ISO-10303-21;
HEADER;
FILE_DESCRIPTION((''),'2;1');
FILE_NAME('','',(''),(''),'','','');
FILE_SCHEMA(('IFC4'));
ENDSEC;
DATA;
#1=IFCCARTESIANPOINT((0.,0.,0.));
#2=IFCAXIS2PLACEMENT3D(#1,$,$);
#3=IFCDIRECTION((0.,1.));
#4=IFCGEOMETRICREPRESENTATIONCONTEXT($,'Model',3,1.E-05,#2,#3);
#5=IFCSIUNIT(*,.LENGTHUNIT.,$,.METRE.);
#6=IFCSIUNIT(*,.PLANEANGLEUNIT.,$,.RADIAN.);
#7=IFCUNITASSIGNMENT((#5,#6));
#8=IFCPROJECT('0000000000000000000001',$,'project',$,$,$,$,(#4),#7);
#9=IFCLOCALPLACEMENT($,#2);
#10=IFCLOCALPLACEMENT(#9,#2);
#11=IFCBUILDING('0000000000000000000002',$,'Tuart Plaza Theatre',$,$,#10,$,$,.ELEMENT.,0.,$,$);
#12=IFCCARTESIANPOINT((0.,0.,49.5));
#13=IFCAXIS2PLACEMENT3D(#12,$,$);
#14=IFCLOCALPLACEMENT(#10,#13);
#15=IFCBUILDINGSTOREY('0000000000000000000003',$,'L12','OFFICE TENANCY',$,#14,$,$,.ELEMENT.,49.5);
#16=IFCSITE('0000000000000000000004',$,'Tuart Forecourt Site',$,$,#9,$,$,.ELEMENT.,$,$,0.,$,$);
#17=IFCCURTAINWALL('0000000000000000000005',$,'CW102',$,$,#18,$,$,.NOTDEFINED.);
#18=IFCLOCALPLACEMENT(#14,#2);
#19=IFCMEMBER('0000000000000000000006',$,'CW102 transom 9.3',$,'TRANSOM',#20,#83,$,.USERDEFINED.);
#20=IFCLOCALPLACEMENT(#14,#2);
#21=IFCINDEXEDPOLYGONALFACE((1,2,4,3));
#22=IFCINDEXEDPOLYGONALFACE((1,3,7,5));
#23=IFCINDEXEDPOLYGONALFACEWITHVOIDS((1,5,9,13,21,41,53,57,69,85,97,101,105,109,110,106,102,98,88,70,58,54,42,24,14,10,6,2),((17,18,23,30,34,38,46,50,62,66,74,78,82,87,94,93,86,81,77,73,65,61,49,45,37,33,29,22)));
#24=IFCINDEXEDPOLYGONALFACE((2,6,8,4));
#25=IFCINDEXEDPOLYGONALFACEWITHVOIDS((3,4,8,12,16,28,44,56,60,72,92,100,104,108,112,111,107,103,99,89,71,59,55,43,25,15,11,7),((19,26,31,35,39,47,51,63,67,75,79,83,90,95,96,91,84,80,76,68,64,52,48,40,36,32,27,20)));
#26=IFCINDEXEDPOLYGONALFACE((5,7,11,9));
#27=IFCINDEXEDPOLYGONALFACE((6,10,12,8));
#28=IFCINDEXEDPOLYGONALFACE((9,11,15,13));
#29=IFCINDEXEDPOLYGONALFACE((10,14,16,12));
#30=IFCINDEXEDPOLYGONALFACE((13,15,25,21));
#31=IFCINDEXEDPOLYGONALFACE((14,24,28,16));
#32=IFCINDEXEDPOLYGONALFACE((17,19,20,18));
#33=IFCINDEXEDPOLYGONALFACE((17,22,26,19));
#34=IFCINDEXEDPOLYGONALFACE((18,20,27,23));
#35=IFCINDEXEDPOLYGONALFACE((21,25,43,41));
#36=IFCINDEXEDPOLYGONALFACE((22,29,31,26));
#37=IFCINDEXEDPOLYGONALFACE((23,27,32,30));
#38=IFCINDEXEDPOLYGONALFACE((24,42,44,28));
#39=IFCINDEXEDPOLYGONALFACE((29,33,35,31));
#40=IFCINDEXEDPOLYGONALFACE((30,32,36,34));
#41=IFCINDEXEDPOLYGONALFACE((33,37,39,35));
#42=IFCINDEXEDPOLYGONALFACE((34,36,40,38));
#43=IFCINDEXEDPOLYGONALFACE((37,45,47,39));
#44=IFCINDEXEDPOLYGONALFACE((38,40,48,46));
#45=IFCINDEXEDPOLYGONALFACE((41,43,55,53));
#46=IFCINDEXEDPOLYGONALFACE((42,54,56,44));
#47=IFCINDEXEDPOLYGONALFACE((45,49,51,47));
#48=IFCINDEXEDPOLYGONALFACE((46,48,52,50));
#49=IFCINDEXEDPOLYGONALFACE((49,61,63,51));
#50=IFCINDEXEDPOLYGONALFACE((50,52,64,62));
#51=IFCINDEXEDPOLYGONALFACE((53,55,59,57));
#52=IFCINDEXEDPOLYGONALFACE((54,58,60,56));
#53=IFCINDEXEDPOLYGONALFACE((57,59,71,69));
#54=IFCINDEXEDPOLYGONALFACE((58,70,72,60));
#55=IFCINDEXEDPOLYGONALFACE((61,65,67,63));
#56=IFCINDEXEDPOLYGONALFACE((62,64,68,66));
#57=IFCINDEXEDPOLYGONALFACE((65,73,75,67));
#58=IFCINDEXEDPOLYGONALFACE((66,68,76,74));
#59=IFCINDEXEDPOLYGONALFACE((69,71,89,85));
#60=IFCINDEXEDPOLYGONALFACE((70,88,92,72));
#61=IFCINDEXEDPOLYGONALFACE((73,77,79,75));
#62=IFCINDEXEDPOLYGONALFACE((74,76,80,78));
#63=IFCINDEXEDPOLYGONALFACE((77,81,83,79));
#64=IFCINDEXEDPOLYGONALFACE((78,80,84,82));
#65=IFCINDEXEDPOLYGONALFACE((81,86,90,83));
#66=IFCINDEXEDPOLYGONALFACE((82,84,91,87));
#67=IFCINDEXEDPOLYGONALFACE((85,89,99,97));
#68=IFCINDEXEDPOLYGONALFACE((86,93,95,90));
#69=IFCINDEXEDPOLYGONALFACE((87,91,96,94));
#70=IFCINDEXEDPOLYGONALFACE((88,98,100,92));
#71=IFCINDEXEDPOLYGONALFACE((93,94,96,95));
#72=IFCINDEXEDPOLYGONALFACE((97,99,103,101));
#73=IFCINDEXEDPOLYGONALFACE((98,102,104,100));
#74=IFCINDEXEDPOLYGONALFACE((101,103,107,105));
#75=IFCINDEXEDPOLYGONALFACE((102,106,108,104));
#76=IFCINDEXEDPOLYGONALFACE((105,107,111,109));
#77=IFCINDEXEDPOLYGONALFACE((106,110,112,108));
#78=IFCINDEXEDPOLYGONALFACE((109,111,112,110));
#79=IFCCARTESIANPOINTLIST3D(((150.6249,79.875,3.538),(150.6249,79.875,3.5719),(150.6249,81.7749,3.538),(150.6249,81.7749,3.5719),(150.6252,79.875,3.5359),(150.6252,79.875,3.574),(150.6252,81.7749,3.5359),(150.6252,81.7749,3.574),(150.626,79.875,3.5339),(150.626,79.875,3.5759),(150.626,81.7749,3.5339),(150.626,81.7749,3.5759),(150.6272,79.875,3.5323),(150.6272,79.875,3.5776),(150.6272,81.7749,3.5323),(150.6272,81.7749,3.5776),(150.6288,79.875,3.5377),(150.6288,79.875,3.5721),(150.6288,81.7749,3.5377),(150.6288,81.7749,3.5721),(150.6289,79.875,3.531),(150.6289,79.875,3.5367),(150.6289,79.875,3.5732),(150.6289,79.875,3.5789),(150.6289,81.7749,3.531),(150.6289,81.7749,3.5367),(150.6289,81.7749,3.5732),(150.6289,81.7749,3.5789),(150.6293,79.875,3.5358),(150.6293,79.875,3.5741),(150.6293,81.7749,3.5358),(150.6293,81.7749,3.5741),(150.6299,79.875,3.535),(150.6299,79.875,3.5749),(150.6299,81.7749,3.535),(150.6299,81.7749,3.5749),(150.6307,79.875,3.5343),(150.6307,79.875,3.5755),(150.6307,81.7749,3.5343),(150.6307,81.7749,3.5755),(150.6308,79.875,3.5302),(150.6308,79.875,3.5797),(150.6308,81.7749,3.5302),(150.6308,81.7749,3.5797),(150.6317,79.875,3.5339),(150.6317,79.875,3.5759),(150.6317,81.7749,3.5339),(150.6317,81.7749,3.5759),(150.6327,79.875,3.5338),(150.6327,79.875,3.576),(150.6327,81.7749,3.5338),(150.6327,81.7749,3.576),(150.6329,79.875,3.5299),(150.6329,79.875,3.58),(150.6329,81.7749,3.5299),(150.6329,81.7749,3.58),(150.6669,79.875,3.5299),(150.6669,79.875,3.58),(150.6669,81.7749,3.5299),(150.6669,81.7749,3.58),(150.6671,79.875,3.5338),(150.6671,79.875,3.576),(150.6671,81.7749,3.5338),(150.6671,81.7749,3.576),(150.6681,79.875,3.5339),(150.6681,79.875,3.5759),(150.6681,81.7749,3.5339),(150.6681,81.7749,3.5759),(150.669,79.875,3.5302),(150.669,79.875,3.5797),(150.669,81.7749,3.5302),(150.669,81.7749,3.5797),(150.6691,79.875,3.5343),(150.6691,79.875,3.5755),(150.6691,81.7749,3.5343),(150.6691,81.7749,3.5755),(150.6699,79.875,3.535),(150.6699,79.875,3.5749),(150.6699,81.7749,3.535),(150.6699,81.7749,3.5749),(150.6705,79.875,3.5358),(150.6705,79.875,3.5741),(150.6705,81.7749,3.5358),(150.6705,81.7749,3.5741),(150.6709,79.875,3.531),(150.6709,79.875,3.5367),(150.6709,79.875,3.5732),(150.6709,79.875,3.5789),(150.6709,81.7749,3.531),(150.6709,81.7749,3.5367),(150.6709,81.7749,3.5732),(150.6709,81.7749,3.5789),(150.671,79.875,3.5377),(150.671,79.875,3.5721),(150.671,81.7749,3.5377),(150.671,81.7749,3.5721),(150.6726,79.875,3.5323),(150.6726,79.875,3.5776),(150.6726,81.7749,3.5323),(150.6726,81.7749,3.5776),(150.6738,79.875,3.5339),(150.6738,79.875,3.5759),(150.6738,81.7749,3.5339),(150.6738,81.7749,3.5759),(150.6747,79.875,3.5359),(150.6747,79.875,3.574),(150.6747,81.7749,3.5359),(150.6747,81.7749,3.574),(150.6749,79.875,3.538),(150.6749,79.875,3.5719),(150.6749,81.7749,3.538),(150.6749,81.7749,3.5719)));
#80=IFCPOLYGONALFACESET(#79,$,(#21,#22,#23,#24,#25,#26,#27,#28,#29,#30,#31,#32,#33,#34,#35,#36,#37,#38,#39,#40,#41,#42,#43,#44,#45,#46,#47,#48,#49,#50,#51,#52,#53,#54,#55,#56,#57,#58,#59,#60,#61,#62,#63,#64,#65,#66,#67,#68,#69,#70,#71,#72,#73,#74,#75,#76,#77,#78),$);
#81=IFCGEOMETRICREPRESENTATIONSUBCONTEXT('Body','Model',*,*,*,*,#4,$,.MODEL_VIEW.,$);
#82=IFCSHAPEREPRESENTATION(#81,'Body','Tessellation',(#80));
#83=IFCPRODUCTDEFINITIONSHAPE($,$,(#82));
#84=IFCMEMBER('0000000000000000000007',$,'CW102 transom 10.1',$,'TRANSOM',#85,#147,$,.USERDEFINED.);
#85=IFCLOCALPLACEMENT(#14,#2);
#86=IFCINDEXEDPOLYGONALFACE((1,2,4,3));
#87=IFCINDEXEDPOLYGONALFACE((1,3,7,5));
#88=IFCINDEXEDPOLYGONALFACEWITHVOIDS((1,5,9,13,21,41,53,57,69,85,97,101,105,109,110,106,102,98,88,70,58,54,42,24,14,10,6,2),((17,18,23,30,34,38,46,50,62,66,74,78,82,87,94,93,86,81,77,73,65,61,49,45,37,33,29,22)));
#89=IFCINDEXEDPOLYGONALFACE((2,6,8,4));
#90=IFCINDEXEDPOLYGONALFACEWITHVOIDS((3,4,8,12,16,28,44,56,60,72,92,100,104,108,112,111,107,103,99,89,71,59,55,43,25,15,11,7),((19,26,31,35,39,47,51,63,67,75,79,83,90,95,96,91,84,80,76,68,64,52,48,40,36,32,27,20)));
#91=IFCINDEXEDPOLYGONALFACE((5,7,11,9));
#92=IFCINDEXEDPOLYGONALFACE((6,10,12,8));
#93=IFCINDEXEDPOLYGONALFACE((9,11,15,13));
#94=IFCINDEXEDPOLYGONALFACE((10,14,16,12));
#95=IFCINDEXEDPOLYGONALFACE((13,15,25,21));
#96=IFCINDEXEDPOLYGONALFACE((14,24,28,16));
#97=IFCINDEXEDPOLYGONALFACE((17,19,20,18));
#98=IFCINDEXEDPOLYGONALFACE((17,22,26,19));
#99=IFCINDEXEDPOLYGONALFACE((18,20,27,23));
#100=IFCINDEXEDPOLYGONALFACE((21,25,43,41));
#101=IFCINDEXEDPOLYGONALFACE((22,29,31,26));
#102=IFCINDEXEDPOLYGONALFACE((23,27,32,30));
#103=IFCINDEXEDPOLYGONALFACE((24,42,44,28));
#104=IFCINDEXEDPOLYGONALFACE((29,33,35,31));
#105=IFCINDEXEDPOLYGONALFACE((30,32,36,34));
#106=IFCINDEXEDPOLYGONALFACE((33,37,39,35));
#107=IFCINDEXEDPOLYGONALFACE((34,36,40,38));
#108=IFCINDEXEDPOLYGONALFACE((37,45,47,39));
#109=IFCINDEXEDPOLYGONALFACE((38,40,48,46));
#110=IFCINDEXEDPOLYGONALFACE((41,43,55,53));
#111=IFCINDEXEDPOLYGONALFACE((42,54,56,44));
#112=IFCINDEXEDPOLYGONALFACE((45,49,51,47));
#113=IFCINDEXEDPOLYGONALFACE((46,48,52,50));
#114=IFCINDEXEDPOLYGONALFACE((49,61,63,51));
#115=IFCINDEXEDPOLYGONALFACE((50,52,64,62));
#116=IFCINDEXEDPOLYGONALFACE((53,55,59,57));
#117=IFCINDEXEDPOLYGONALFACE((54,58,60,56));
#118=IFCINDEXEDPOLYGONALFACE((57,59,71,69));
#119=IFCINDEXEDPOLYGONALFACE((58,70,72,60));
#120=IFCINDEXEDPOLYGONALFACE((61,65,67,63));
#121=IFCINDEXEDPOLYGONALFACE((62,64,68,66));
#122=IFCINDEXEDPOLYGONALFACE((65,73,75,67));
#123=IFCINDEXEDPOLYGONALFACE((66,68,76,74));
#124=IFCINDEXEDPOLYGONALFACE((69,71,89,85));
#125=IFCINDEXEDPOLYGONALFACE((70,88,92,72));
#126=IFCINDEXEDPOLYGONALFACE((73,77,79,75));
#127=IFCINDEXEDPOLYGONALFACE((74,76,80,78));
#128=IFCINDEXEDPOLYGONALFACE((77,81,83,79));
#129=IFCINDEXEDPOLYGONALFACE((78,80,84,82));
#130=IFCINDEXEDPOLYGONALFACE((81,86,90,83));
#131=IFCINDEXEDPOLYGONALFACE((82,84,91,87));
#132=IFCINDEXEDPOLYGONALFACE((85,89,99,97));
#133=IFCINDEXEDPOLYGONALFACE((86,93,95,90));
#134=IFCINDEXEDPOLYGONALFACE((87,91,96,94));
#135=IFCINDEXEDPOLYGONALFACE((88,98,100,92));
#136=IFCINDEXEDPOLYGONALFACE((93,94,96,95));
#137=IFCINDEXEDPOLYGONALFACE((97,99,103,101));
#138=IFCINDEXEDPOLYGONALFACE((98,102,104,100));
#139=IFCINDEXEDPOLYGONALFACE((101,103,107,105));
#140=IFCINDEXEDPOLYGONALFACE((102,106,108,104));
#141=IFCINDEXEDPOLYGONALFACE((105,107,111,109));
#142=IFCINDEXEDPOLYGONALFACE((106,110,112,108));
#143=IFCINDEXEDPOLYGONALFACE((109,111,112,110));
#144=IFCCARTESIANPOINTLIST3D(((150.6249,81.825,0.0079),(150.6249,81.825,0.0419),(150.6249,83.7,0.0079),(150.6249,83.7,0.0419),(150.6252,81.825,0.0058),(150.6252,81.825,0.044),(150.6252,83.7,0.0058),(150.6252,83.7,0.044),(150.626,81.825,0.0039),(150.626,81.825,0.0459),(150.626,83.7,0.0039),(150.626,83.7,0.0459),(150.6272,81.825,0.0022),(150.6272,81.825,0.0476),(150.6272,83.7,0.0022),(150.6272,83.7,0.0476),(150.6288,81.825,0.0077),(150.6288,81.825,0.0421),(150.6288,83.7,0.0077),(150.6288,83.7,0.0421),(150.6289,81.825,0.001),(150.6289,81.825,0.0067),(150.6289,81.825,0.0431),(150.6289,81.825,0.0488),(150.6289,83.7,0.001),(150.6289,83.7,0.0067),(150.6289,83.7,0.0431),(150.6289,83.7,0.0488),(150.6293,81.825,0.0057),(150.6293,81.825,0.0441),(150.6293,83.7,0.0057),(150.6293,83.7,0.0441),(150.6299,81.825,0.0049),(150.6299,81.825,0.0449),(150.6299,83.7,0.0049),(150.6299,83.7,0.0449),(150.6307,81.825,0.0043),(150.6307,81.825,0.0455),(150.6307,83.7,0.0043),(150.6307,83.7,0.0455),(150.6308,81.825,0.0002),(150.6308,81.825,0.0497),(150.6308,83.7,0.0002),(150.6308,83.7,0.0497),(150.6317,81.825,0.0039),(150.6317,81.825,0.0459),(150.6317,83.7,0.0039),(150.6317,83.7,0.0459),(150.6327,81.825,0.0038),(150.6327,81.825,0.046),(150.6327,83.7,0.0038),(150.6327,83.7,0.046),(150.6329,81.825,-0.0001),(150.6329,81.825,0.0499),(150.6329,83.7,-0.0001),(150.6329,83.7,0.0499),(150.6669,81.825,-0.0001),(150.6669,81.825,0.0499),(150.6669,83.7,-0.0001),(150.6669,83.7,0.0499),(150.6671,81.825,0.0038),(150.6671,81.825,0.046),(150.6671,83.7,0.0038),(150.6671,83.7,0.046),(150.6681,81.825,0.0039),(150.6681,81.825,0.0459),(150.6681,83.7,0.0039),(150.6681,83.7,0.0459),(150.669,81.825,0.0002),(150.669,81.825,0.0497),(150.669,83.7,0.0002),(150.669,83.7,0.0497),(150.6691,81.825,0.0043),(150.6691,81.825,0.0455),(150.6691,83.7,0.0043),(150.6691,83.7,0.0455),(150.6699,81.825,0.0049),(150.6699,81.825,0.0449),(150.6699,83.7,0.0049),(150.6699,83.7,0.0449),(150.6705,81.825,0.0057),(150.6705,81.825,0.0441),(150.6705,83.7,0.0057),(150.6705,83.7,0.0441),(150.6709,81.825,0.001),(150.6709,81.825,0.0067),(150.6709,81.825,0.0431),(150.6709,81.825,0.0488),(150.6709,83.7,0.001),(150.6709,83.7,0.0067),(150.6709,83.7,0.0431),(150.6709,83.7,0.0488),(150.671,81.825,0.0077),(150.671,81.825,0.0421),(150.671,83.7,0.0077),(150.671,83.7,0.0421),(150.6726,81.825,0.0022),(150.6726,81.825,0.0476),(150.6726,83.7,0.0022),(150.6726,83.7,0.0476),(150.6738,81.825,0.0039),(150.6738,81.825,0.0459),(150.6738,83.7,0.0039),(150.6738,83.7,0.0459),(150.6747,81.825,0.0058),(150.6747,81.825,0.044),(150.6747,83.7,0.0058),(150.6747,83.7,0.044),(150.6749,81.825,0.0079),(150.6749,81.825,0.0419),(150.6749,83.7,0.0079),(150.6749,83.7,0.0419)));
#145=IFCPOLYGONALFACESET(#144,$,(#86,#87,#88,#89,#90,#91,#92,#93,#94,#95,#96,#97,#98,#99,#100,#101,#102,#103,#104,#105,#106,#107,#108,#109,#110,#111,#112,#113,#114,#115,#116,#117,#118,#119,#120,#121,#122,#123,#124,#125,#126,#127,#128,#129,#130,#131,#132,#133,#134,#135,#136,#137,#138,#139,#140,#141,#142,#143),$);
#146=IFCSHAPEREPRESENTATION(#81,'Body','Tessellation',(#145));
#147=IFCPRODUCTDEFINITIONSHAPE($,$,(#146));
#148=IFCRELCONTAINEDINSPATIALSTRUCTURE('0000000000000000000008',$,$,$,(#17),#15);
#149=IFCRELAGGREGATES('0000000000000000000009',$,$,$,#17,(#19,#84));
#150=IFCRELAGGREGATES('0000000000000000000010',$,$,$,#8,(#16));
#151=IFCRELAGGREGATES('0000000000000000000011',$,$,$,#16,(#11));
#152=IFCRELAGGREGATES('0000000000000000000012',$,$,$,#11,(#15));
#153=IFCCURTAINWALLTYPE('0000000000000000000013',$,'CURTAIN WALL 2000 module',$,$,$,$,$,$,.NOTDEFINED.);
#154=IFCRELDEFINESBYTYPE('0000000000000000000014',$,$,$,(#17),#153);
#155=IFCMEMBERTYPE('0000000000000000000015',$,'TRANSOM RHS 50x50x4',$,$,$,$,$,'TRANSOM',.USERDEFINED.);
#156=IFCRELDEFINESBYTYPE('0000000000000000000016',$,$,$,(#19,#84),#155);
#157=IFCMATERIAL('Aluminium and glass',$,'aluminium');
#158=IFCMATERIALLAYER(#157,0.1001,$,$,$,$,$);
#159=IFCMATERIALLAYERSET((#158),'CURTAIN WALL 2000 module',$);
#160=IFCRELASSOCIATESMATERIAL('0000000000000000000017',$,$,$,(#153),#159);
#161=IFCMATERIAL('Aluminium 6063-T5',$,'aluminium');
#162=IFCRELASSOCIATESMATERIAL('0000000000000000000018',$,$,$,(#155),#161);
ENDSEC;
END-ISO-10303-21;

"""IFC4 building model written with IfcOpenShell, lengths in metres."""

from ifc_helpers import new_model, si_unit, direction, frame, origin, origin_2d, place, context, subcontext, project, spatial, hollow_rectangle, extrude, material, layer, layer_set, material_profile, profile_set, type_object, element, aggregate, save


model = new_model("IFC4")

# Units and contexts
model_context = context("Model", 3, precision=1e-05, world=origin(), true_north=direction((0.0, 1.0)))
body_context = subcontext(model_context, "Body", "Model", "MODEL_VIEW")
ifc_project = project(units=[si_unit("LENGTHUNIT", "METRE"), si_unit("PLANEANGLEUNIT", "RADIAN")], contexts=[model_context])

# Site, building, storey
site_placement = place(None, origin())
site = spatial("IfcSite", under=ifc_project, at=site_placement, Name="Tuart Forecourt Site", CompositionType="ELEMENT", RefElevation=0.0)
building_placement = place(site_placement, origin())
building = spatial("IfcBuilding", under=site, at=building_placement, Name="Tuart Plaza Theatre", CompositionType="ELEMENT", ElevationOfRefHeight=0.0)
storey_placement = place(building_placement, frame((0.0, 0.0, 49.5)))
storey = spatial("IfcBuildingStorey", under=building, at=storey_placement, Name="L12", Description="OFFICE TENANCY", CompositionType="ELEMENT", Elevation=49.5)

# Curtain wall
ifc_material_1 = material(Name="Aluminium and glass", Category="aluminium")
ifc_layer_1 = layer(ifc_material_1, 0.1001)
ifc_layer_set_1 = layer_set([ifc_layer_1], Name="CURTAIN WALL 2000 module")
curtain_wall_type = type_object("IfcCurtainWallType", Name="CURTAIN WALL 2000 module", PredefinedType="NOTDEFINED", material=ifc_layer_set_1)
curtain_wall_1_placement = place(storey_placement, origin())
curtain_wall_1 = element("IfcCurtainWall", 1, at=curtain_wall_1_placement, inside=storey, type_object=curtain_wall_type, Name="CW102", PredefinedType="NOTDEFINED")

# Members
ifc_material_2 = material(Name="Aluminium 6063-T5", Category="aluminium")
ifc_material_profile_1 = material_profile(ifc_material_2, hollow_rectangle(XDim=0.05, YDim=0.05, WallThickness=0.0039, InnerFilletRadius=0.0039, OuterFilletRadius=0.0081, at=origin_2d()), Name="RHS 50x50x4")
ifc_profile_set_1 = profile_set([ifc_material_profile_1], Name="Aluminium 6063-T5")
member_type_1 = type_object("IfcMemberType", Name="TRANSOM RHS 50x50x4", ElementType="TRANSOM", PredefinedType="USERDEFINED", material=ifc_profile_set_1)
member_1_placement = place(storey_placement, frame((150.6499, 79.875, 3.5549), z_axis=(0.0, 1.0, 0.0), x_axis=(-1.0, 0.0, 0.0)))
member_1 = element("IfcMember", 2, at=member_1_placement, type_object=member_type_1, Name="CW102 transom 9.3", ObjectType="TRANSOM", PredefinedType="USERDEFINED", context=body_context, shape_type="SweptSolid", body=[
    extrude(hollow_rectangle(XDim=0.05, YDim=0.05, WallThickness=0.0039, InnerFilletRadius=0.0039, OuterFilletRadius=0.0081, at=origin_2d()), origin(), (0.0, 0.0, 1.0), 1.8999),
])
member_2_placement = place(storey_placement, frame((150.6499, 81.825, 0.0249), z_axis=(0.0, 1.0, 0.0), x_axis=(-1.0, 0.0, 0.0)))
member_2 = element("IfcMember", 3, at=member_2_placement, type_object=member_type_1, Name="CW102 transom 10.1", ObjectType="TRANSOM", PredefinedType="USERDEFINED", context=body_context, shape_type="SweptSolid", body=[
    extrude(hollow_rectangle(XDim=0.05, YDim=0.05, WallThickness=0.0039, InnerFilletRadius=0.0039, OuterFilletRadius=0.0081, at=origin_2d()), origin(), (0.0, 0.0, 1.0), 1.875),
])

aggregate(curtain_wall_1, [member_1, member_2])

save(model, "model.ifc")
